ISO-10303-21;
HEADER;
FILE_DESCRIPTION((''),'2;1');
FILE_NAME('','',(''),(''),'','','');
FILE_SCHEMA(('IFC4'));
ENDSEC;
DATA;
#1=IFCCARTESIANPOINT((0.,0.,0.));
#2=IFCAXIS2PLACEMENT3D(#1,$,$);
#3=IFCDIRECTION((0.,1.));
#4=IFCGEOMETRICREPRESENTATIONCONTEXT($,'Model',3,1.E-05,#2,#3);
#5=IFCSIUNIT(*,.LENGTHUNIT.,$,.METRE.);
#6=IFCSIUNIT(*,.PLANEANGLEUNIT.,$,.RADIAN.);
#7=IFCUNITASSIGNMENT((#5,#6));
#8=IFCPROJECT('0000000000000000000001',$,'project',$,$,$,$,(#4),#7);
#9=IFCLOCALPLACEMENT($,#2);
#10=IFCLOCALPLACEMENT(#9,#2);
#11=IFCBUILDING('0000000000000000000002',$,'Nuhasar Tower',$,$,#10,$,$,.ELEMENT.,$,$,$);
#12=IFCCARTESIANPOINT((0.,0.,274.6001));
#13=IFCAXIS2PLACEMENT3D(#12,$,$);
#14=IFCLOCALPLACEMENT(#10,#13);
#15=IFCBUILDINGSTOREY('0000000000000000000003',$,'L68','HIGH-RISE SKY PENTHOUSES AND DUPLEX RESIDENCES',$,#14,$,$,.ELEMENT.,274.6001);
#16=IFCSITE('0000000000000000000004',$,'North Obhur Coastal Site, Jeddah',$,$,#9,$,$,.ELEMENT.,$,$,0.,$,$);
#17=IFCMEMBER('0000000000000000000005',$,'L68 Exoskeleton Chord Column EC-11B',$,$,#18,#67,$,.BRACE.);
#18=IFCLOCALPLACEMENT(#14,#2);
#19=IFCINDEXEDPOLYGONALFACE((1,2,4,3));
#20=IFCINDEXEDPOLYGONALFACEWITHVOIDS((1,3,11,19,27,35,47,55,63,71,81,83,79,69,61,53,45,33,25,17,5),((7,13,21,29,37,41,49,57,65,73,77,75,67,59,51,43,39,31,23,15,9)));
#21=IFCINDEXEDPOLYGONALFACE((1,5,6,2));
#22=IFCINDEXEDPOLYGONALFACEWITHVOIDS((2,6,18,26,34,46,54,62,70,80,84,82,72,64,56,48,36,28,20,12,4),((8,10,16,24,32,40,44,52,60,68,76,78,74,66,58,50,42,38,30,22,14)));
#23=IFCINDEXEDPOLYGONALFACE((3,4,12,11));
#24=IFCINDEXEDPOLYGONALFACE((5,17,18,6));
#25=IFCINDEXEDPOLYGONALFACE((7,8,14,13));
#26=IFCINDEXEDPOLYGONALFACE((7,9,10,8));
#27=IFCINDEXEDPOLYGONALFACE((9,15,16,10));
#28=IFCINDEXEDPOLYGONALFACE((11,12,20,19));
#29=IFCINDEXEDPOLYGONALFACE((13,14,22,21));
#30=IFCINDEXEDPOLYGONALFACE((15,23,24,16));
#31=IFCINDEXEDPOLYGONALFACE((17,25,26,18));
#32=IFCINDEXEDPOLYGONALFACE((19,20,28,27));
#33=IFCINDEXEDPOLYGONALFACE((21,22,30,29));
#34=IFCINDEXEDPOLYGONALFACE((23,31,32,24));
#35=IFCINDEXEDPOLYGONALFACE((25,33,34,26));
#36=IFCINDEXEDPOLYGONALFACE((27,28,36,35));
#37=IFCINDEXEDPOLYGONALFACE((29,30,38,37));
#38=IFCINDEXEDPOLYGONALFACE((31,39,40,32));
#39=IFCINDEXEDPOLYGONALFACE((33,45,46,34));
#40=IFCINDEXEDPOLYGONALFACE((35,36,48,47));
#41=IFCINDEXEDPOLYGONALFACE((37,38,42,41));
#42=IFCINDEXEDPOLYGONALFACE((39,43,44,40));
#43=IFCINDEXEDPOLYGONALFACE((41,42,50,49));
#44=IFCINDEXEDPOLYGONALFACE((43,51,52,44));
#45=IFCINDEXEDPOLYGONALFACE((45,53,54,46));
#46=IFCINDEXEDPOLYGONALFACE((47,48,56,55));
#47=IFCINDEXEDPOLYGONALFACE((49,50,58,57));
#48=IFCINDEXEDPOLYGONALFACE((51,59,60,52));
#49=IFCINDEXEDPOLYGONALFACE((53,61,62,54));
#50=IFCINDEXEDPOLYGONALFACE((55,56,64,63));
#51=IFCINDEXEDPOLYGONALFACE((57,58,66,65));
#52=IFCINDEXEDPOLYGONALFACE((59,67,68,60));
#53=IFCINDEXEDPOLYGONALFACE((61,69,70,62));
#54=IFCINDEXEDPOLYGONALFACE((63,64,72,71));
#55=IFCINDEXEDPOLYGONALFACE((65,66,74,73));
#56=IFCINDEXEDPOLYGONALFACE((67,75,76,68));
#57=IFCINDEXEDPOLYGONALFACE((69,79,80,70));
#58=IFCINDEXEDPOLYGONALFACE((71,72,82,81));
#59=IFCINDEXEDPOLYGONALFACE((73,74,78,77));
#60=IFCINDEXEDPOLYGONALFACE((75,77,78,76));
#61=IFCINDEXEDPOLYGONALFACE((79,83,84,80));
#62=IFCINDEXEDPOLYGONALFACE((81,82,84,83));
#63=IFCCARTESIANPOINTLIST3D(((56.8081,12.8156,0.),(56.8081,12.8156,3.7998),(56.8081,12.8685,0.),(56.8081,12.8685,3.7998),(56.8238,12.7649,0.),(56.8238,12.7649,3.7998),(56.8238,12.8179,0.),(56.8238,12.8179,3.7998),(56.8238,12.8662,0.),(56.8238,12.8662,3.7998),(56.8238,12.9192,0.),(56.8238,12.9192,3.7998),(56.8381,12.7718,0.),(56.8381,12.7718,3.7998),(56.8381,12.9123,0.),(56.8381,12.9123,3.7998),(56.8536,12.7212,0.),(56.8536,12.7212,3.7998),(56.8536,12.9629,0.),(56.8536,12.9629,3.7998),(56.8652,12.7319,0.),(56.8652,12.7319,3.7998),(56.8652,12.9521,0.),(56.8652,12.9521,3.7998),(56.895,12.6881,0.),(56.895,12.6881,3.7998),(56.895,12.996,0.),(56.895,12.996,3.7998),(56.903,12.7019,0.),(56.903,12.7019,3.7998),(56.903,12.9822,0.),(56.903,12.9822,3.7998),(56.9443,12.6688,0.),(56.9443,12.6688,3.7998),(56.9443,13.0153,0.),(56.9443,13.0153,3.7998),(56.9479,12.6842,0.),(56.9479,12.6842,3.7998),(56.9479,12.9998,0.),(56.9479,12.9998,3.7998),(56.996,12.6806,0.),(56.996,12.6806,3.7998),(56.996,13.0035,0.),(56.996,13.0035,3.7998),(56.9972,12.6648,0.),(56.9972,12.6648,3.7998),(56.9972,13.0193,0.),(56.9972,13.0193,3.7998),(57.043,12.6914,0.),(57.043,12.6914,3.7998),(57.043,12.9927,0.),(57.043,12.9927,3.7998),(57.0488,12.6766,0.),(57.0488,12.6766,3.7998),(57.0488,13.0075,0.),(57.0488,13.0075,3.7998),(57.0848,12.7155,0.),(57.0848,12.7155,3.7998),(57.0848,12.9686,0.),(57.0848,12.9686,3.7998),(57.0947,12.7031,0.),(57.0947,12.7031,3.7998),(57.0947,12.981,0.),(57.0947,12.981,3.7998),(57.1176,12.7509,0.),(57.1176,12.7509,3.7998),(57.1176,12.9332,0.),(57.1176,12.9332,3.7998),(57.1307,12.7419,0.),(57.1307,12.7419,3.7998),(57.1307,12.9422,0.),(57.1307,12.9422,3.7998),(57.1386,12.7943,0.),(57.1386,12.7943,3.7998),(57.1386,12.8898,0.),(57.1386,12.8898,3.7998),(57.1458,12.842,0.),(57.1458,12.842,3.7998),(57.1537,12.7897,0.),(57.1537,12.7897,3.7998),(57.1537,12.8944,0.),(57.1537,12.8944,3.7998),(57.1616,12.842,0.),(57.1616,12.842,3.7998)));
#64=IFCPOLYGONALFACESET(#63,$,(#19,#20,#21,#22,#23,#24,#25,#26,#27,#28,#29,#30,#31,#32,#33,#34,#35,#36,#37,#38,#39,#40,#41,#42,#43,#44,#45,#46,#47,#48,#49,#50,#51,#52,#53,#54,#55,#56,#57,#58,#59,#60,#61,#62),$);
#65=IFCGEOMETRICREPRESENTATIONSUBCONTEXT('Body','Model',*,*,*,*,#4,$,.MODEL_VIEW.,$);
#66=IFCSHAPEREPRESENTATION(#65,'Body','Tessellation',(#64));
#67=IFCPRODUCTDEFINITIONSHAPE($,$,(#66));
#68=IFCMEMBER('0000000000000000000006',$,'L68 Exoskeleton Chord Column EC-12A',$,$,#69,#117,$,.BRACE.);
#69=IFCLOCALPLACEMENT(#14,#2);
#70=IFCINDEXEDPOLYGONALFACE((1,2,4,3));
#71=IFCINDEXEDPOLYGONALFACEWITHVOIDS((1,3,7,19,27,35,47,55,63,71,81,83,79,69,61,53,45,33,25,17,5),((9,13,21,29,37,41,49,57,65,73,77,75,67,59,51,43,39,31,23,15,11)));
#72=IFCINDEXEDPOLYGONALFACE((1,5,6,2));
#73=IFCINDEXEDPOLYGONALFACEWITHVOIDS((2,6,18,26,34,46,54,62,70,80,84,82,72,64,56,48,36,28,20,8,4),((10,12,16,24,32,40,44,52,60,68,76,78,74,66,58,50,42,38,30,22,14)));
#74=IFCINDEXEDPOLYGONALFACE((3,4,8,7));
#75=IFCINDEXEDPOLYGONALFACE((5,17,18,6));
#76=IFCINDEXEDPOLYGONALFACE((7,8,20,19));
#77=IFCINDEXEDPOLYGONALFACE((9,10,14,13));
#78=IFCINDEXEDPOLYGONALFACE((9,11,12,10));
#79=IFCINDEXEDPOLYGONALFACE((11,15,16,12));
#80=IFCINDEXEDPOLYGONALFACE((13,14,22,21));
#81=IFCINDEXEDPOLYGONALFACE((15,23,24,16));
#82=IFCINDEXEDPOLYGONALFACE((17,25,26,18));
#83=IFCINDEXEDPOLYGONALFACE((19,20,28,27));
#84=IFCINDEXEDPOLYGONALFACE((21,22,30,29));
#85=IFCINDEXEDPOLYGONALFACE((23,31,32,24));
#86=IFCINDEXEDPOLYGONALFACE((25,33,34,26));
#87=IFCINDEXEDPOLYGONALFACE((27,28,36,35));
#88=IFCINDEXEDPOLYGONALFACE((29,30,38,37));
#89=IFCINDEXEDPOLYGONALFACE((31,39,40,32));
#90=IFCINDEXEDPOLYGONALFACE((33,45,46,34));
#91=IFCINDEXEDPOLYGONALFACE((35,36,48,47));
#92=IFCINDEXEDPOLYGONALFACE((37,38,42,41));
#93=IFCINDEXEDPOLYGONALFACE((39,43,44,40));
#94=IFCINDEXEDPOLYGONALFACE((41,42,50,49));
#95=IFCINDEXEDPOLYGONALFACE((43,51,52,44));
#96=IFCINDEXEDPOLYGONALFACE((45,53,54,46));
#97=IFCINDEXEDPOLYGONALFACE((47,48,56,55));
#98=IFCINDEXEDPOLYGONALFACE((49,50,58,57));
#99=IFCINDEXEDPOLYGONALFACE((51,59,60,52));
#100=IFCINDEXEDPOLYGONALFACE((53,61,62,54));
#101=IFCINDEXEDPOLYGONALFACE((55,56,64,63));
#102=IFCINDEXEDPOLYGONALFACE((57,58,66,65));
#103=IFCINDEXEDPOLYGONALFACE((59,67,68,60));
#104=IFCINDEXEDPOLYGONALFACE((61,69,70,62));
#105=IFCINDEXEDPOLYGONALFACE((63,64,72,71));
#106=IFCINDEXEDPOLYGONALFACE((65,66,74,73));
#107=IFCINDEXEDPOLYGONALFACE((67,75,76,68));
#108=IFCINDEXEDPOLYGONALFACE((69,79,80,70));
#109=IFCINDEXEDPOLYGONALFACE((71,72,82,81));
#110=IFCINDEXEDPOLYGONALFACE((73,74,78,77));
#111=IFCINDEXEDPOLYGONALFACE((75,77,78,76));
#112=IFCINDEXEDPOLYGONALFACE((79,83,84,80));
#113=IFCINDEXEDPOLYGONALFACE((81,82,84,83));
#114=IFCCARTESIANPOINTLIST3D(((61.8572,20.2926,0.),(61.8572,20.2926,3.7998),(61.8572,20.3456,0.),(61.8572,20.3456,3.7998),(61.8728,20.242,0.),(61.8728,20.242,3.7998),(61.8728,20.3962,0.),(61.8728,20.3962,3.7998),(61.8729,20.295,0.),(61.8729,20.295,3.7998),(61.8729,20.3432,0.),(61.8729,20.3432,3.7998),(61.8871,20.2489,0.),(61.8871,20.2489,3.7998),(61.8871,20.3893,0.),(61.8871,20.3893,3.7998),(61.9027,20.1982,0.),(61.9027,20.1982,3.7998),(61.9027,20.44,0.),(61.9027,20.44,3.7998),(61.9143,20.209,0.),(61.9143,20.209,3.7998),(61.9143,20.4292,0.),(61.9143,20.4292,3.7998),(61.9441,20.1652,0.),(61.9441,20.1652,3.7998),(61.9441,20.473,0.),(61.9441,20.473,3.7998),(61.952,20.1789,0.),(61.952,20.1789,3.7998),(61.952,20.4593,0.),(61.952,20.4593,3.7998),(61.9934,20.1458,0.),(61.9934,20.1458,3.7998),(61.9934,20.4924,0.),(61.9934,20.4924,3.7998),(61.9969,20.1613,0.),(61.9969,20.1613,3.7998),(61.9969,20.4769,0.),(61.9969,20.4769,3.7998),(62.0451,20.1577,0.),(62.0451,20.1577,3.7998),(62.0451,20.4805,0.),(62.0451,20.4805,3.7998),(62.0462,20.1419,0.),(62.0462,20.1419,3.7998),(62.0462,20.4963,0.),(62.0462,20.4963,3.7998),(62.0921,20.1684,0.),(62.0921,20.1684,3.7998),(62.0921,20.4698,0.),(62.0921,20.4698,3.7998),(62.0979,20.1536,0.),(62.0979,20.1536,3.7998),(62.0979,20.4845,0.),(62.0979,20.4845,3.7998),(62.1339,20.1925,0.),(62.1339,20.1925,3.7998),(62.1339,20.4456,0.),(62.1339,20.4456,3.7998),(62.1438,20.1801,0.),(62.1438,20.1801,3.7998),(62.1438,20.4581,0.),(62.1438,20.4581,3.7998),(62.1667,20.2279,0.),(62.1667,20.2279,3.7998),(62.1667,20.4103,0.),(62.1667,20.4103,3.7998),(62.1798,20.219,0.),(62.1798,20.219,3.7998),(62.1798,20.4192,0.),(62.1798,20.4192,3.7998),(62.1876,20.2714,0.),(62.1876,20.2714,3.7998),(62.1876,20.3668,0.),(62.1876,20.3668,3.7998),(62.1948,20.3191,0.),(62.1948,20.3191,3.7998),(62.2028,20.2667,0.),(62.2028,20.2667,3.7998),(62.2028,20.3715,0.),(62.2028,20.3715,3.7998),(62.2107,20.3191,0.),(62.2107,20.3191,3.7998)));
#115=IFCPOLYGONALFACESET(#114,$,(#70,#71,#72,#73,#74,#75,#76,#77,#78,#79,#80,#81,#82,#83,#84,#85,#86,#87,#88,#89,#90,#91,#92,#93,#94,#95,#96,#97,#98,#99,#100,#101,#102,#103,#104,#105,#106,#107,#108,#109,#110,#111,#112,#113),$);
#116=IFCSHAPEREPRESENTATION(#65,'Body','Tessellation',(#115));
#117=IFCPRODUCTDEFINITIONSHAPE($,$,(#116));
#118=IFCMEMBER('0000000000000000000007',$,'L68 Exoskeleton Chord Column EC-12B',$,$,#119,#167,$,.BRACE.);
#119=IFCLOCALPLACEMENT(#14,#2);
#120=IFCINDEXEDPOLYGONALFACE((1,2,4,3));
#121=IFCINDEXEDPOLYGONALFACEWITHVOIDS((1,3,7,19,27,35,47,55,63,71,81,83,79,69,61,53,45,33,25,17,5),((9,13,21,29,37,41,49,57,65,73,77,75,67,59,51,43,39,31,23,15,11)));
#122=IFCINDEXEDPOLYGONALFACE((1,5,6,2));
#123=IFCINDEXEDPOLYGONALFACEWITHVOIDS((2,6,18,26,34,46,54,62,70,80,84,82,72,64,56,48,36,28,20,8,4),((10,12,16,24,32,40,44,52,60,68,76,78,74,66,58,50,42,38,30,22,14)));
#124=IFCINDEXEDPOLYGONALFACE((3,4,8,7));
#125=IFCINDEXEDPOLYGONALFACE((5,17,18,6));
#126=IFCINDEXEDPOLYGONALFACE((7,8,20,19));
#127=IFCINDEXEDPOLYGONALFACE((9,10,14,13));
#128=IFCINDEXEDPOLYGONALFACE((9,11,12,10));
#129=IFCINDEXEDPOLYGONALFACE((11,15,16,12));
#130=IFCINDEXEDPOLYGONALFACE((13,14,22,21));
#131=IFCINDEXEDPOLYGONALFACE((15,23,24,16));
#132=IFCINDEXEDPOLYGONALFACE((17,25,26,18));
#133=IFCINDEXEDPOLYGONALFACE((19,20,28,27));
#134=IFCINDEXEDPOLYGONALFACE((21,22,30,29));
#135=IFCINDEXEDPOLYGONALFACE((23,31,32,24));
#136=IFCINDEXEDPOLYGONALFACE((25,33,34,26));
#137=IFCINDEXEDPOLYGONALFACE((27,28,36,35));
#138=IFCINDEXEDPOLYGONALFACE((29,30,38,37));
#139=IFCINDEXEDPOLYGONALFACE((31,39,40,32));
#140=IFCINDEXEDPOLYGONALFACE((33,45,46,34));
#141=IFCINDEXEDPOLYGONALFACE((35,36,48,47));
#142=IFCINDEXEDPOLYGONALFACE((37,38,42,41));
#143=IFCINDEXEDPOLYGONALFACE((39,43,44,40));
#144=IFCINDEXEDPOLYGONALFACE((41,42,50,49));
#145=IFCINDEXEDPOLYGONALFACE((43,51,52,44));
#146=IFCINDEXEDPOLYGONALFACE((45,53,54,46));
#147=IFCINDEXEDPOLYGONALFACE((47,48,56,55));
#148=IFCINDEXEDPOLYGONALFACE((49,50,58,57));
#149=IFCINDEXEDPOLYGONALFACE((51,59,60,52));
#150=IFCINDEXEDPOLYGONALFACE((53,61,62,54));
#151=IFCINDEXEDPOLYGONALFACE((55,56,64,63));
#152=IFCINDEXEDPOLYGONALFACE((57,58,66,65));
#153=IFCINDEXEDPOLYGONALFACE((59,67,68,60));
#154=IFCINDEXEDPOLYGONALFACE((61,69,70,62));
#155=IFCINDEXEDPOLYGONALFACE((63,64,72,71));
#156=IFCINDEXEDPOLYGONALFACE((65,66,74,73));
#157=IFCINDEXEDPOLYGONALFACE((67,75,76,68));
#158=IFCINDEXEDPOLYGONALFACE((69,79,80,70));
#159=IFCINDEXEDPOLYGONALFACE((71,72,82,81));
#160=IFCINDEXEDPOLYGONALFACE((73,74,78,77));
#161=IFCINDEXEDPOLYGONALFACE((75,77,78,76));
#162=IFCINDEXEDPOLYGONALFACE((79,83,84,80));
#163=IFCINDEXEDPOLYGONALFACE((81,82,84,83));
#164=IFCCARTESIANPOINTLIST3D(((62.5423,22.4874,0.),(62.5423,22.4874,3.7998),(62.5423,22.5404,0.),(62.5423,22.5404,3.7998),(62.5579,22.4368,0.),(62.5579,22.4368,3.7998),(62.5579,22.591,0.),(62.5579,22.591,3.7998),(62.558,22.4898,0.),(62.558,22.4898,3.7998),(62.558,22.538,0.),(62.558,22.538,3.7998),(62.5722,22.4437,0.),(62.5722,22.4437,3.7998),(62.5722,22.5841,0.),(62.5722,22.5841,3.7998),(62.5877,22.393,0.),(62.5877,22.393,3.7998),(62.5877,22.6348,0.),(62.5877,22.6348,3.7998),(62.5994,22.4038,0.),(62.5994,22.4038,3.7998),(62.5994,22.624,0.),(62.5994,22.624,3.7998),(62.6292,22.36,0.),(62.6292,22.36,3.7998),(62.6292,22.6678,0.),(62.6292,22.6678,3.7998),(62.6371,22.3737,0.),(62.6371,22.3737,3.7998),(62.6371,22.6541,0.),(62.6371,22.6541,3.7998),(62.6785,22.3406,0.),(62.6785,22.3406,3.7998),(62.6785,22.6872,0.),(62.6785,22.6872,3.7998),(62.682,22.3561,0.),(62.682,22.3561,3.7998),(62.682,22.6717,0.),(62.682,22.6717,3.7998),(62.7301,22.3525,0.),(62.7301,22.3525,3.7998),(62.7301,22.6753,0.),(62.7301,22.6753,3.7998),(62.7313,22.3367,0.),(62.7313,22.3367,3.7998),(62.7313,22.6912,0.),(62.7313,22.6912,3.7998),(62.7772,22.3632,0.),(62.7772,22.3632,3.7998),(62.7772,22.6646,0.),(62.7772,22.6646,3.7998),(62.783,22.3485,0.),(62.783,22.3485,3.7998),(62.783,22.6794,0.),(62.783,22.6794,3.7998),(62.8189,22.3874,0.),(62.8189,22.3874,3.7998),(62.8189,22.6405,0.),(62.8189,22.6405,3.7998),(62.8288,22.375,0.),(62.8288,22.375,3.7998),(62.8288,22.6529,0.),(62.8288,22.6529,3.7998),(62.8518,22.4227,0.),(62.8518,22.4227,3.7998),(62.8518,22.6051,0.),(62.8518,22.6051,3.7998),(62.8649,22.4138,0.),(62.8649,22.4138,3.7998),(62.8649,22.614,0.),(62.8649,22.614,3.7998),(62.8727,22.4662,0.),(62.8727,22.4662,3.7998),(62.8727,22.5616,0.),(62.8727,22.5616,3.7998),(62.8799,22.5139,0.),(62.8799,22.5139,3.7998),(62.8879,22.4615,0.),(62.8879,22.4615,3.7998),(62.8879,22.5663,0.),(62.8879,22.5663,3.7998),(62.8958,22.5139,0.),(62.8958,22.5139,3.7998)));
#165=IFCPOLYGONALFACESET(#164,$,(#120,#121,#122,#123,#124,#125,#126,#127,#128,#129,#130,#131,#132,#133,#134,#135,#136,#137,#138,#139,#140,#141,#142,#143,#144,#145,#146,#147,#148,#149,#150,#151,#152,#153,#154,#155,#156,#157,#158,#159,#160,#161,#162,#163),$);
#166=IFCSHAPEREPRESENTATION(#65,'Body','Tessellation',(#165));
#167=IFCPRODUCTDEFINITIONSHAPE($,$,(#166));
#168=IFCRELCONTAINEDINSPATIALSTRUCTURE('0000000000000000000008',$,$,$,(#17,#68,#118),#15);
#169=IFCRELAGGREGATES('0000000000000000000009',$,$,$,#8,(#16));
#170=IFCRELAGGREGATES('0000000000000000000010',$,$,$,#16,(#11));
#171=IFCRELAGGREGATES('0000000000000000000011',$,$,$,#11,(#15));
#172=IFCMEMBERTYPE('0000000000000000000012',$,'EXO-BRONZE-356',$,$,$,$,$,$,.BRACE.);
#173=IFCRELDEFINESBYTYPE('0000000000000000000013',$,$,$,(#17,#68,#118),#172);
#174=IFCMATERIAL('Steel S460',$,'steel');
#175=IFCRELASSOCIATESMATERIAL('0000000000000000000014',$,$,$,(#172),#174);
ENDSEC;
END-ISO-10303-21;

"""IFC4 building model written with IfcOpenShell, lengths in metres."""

from ifc_helpers import new_model, si_unit, direction, frame, origin, origin_2d, place, context, subcontext, project, spatial, hollow_circle, extrude, material, material_profile, profile_set, type_object, element, save


model = new_model("IFC4")

# Units and contexts
model_context = context("Model", 3, precision=1e-05, world=origin(), true_north=direction((0.0, 1.0)))
body_context = subcontext(model_context, "Body", "Model", "MODEL_VIEW")
ifc_project = project(units=[si_unit("LENGTHUNIT", "METRE"), si_unit("PLANEANGLEUNIT", "RADIAN")], contexts=[model_context])

# Site, building, storey
site_placement = place(None, origin())
site = spatial("IfcSite", under=ifc_project, at=site_placement, Name="North Obhur Coastal Site, Jeddah", CompositionType="ELEMENT", RefElevation=0.0)
building_placement = place(site_placement, origin())
building = spatial("IfcBuilding", under=site, at=building_placement, Name="Nuhasar Tower", CompositionType="ELEMENT")
storey_placement = place(building_placement, frame((0.0, 0.0, 274.6001)))
storey = spatial("IfcBuildingStorey", under=building, at=storey_placement, Name="L68", Description="HIGH-RISE SKY PENTHOUSES AND DUPLEX RESIDENCES", CompositionType="ELEMENT", Elevation=274.6001)

# Members
ifc_material_1 = material(Name="Steel S460", Category="steel")
ifc_material_profile_1 = material_profile(ifc_material_1, hollow_circle(Radius=0.1777, WallThickness=0.0159, at=origin_2d()), Name="HSS355.6X15.9")
ifc_profile_set_1 = profile_set([ifc_material_profile_1], Name="Steel S460")
member_type_1 = type_object("IfcMemberType", Name="EXO-BRONZE-356", PredefinedType="BRACE", material=ifc_profile_set_1)
for number, where, z_axis, x_axis, name in (
    (1, (56.9839, 12.842, 0.0), (0.0, 0.0, 1.0), (1.0, 0.0, 0.0), "L68 Exoskeleton Chord Column EC-11B"),
    (2, (62.033, 20.3191, 0.0), (0.0, 0.0, 1.0), (1.0, 0.0, 0.0), "L68 Exoskeleton Chord Column EC-12A"),
    (3, (62.718, 22.5139, 0.0), (0.0, 0.0, 1.0), (1.0, 0.0, 0.0), "L68 Exoskeleton Chord Column EC-12B"),
):
    element("IfcMember", number, at=place(storey_placement, frame(where, z_axis=z_axis, x_axis=x_axis)), inside=storey, type_object=member_type_1, Name=name, PredefinedType="BRACE", context=body_context, shape_type="SweptSolid", body=[
        extrude(hollow_circle(Radius=0.1777, WallThickness=0.0159, at=origin_2d()), origin(), (0.0, 0.0, 1.0), 3.7998),
    ])

save(model, "model.ifc")
